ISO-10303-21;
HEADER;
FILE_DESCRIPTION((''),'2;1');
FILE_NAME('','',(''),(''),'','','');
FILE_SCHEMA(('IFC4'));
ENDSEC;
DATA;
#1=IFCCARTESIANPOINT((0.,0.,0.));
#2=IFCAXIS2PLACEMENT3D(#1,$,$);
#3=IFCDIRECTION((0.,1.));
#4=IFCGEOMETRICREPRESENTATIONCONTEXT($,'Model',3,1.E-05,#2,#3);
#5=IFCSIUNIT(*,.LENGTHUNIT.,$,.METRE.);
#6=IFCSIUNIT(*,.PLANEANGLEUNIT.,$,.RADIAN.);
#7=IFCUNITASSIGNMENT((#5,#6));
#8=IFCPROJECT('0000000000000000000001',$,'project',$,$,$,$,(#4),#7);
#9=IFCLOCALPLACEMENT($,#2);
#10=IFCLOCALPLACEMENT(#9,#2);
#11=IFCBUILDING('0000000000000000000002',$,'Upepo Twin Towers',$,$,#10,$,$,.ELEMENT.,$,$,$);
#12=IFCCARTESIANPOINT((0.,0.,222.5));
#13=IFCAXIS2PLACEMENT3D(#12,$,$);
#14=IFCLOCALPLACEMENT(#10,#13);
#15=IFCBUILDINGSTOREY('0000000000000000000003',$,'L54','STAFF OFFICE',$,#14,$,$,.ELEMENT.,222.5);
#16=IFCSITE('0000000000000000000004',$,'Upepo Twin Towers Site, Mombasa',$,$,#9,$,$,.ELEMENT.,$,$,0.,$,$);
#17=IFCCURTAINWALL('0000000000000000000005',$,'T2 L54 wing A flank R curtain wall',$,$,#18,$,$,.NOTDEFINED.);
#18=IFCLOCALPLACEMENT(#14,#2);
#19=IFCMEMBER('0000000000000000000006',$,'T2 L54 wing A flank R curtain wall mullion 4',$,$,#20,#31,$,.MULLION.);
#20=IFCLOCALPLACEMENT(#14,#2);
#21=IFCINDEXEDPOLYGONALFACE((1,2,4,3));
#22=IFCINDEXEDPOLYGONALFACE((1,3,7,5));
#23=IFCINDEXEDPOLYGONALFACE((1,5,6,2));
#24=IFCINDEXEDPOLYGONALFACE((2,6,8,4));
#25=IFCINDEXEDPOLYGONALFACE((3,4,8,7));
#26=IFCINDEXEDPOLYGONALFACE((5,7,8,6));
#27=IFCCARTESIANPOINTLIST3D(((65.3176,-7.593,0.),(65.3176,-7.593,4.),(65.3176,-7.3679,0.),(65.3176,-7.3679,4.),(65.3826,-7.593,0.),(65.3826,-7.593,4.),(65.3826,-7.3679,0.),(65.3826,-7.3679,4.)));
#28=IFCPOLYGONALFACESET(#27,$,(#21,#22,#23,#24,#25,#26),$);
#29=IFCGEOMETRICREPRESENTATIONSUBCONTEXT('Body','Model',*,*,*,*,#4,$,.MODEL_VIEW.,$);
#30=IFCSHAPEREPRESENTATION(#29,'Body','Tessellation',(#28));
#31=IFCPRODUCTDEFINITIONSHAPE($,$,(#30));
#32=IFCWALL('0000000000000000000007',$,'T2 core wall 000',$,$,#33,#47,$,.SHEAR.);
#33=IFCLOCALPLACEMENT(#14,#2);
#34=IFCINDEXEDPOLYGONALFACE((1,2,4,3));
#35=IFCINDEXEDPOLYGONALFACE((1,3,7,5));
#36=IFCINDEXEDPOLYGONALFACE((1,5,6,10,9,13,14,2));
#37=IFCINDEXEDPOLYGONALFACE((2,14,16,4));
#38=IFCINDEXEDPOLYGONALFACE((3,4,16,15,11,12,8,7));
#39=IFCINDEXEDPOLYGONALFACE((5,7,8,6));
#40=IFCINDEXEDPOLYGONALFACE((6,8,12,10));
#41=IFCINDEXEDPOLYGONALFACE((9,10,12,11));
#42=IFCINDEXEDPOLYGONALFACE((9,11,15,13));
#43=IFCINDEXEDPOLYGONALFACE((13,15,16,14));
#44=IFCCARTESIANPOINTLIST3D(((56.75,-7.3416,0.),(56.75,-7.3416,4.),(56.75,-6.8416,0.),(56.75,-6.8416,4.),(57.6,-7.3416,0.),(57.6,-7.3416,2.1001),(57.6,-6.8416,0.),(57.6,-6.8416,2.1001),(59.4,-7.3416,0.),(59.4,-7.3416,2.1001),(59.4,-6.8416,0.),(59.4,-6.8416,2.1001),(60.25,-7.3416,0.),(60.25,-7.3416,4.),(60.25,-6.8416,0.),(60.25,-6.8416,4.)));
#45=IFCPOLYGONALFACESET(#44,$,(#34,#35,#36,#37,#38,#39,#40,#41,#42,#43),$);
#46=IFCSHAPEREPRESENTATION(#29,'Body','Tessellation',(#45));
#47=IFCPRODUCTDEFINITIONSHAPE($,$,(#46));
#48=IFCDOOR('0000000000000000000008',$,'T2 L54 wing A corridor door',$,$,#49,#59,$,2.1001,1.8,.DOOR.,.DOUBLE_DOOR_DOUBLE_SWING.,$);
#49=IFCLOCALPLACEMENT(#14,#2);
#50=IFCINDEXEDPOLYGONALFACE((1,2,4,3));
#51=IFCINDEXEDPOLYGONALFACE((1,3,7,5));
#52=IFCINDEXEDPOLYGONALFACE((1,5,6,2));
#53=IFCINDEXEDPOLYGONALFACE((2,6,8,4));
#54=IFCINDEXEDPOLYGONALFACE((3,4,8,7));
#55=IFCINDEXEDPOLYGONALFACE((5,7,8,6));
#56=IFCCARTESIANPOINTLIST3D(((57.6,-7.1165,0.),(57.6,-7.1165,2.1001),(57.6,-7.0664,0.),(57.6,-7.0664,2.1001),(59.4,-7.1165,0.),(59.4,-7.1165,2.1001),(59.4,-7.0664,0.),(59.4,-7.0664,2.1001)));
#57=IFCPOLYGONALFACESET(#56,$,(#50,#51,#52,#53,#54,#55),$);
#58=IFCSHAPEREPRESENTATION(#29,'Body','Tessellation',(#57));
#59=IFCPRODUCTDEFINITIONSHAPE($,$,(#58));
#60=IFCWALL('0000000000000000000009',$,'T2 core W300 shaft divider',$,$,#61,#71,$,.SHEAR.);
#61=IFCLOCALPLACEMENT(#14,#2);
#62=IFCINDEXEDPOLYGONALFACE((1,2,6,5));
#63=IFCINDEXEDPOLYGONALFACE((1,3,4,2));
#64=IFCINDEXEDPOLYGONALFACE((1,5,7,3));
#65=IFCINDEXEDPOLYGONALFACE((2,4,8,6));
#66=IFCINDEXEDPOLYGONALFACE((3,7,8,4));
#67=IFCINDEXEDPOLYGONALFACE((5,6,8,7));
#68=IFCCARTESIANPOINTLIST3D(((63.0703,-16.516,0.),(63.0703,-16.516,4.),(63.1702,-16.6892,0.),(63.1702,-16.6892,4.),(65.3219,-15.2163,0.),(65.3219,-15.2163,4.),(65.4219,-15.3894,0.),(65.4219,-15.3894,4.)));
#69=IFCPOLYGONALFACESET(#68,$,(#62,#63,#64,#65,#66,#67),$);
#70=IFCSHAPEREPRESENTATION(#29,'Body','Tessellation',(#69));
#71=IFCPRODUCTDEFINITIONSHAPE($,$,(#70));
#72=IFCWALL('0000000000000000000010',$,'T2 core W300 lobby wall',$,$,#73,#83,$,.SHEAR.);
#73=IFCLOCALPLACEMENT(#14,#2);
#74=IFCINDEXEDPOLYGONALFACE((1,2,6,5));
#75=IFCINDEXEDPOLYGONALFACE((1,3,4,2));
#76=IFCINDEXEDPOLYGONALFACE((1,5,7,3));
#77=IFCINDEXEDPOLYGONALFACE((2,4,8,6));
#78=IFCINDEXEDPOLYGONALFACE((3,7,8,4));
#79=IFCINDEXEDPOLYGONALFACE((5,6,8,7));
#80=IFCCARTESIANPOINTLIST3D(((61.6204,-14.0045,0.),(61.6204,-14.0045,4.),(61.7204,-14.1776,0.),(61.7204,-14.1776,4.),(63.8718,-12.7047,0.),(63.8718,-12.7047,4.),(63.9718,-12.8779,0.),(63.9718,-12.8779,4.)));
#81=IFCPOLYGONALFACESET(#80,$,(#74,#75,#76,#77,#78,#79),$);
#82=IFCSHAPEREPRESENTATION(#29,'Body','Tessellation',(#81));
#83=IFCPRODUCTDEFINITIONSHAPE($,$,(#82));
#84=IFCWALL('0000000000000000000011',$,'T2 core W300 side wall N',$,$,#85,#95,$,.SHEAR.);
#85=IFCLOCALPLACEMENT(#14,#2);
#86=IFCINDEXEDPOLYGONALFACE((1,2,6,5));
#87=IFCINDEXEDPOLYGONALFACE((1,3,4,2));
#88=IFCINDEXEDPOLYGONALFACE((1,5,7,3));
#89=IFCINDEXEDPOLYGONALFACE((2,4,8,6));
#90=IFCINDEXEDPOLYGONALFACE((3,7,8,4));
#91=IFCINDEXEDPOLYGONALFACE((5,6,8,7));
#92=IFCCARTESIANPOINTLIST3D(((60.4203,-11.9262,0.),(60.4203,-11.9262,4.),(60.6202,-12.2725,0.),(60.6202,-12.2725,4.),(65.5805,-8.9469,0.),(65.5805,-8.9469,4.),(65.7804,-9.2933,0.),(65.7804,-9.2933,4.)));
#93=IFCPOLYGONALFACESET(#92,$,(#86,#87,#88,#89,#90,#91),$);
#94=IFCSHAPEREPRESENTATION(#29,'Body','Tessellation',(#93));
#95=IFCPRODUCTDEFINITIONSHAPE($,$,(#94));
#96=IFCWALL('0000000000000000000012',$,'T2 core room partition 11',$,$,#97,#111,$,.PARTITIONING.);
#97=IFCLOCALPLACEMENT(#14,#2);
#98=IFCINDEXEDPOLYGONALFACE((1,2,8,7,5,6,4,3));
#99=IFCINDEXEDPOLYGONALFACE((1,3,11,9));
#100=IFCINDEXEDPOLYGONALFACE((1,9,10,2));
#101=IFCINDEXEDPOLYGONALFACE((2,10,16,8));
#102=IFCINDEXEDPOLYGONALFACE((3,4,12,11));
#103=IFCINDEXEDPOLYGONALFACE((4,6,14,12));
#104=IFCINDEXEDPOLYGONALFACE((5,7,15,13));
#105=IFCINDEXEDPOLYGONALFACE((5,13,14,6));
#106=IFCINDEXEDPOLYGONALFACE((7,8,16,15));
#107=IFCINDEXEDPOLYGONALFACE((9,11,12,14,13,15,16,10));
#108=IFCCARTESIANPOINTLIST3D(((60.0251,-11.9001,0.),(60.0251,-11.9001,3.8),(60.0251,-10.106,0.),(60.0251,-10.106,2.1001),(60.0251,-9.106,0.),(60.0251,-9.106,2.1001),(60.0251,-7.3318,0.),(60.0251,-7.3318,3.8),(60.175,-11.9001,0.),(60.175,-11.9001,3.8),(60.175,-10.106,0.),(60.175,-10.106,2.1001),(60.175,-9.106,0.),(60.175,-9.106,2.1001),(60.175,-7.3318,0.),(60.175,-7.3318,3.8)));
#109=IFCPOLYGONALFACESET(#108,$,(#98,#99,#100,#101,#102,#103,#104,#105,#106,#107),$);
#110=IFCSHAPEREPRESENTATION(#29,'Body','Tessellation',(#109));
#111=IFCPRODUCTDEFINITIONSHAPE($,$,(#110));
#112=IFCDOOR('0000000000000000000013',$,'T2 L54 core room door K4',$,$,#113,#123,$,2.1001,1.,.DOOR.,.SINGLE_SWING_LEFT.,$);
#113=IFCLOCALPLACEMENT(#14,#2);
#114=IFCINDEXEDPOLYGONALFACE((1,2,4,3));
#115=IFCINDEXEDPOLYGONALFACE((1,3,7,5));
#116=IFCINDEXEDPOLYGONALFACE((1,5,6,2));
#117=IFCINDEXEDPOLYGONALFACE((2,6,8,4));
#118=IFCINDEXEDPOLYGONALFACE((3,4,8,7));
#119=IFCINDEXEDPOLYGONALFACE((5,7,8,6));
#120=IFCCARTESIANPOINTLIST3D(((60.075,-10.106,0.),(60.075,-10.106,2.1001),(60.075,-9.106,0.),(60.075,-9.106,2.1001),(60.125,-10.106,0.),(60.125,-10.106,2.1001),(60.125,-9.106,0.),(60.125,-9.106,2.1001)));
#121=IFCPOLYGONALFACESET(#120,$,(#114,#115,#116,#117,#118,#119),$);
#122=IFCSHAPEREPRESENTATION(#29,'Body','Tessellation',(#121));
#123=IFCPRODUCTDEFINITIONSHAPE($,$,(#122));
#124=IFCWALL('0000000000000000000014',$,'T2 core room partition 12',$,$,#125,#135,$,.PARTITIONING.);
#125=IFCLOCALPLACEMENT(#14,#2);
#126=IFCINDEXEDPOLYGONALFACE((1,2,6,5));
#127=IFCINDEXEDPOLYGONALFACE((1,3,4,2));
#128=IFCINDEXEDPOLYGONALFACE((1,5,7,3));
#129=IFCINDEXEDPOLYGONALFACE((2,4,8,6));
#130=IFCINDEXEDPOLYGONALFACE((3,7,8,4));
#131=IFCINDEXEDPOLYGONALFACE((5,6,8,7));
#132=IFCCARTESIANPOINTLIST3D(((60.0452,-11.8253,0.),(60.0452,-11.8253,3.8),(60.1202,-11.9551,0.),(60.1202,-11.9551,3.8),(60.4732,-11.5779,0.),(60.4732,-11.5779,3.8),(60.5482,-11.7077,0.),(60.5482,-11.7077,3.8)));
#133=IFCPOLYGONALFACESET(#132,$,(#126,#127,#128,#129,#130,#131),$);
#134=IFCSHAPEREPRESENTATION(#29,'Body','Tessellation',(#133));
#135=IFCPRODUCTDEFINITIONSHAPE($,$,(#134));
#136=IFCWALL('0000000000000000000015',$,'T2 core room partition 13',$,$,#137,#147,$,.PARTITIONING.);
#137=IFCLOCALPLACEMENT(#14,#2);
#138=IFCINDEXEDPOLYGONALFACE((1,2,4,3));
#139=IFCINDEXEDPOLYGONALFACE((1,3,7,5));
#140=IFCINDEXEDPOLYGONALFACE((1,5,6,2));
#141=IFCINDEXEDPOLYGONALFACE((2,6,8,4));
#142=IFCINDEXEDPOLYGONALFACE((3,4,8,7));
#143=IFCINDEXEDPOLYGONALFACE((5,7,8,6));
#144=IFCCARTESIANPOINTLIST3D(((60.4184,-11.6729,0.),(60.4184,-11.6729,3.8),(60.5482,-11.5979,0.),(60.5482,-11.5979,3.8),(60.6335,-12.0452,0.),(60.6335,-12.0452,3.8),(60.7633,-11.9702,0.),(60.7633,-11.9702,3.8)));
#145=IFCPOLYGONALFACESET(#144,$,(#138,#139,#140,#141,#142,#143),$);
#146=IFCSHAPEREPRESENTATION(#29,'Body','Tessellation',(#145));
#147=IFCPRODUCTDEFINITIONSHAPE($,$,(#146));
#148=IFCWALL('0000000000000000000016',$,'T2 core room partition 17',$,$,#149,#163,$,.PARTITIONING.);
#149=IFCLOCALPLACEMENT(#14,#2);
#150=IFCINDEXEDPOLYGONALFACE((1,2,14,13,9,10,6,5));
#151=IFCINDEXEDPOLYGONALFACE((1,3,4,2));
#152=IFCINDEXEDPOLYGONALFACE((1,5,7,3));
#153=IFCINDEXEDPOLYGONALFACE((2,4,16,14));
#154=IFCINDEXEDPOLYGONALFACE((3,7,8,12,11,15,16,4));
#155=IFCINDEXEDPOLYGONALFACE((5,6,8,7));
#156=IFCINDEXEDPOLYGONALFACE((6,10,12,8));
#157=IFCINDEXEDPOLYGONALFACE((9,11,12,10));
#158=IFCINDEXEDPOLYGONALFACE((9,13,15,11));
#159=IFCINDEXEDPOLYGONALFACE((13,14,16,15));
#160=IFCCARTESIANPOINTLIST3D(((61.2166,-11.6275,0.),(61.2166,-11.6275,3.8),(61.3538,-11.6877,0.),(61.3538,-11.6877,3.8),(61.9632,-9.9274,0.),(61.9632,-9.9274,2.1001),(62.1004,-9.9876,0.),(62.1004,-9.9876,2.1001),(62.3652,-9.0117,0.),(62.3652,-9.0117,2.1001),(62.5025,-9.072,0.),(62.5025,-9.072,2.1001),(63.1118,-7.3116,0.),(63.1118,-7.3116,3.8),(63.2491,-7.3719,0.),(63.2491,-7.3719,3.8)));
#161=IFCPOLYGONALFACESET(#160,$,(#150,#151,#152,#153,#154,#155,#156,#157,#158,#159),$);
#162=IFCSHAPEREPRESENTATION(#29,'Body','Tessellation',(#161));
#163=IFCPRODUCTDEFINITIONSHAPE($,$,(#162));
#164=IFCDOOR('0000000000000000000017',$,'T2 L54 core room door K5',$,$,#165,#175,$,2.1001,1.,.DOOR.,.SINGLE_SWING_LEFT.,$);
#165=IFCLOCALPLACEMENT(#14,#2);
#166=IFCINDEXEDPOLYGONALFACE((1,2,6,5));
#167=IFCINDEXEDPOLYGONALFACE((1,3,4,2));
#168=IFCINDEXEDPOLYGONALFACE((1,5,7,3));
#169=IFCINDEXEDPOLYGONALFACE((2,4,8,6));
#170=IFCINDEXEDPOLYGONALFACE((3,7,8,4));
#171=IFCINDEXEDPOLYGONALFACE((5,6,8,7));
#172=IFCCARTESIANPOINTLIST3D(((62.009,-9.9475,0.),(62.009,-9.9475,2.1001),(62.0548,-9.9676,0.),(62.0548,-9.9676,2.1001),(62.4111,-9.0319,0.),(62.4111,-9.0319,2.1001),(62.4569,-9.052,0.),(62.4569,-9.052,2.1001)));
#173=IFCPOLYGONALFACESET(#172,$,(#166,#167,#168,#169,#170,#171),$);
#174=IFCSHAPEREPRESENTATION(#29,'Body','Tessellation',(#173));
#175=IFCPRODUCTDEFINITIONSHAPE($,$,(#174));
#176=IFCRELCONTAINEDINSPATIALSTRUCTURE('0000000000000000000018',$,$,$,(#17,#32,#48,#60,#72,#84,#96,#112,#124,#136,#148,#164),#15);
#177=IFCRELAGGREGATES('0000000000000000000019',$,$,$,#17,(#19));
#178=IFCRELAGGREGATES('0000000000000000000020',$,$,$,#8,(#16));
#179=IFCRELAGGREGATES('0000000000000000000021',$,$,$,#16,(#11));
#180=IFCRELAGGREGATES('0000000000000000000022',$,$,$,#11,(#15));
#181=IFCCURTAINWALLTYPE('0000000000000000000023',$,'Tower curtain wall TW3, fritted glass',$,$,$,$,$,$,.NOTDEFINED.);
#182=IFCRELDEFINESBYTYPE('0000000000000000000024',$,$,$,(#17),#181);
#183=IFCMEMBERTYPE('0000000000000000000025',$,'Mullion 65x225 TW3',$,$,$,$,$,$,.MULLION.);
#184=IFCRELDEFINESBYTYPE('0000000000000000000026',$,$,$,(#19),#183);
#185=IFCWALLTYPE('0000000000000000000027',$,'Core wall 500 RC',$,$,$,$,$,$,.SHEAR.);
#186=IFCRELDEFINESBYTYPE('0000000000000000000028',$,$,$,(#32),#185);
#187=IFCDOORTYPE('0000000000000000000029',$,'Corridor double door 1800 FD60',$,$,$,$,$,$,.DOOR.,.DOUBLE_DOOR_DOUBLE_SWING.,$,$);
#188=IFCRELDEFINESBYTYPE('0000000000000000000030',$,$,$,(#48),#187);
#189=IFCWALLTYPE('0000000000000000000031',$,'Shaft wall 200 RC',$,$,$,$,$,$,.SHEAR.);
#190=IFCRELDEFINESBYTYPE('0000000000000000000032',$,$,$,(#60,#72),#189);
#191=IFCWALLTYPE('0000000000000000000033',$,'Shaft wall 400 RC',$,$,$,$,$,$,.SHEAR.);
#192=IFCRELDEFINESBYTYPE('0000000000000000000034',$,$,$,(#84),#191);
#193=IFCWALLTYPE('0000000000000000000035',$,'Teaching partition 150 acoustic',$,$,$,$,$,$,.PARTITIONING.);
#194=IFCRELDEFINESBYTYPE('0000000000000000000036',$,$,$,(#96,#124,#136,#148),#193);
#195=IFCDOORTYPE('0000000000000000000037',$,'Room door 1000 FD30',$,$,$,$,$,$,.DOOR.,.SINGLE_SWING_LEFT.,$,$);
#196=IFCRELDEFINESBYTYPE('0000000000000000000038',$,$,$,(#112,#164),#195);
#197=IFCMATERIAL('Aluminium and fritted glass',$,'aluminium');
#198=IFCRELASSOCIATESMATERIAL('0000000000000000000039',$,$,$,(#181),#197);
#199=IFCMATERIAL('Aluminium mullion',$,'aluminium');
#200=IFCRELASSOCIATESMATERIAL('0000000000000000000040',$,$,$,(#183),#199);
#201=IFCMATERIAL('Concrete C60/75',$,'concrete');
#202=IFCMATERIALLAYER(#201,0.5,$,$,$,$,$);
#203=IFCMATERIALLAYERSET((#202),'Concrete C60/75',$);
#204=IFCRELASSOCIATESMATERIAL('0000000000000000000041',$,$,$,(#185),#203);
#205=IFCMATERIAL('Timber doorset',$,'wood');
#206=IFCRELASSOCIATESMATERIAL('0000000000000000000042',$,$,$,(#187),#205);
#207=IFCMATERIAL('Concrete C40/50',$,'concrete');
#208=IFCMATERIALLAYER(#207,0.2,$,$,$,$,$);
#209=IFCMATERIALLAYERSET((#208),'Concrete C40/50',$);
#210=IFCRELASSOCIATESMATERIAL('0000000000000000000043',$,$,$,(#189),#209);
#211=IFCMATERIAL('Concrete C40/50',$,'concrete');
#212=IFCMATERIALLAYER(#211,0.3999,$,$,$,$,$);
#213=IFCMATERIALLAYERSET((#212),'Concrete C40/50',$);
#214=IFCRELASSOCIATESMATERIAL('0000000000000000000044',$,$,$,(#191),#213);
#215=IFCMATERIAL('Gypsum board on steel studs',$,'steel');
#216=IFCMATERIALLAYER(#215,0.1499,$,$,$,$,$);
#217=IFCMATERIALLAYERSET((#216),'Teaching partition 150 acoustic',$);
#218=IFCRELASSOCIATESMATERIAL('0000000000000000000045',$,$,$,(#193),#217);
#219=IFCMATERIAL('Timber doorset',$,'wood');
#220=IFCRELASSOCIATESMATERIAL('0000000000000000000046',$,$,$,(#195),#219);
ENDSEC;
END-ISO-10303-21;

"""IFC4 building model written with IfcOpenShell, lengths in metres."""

from ifc_helpers import new_model, si_unit, direction, frame, frame_2d, origin, origin_2d, place, context, subcontext, project, spatial, rectangle, extrude, material, layer, layer_set, material_profile, profile_set, type_object, element, fill, aggregate, save


model = new_model("IFC4")

# Units and contexts
model_context = context("Model", 3, precision=1e-05, world=origin(), true_north=direction((0.0, 1.0)))
body_context = subcontext(model_context, "Body", "Model", "MODEL_VIEW")
ifc_project = project(units=[si_unit("LENGTHUNIT", "METRE"), si_unit("PLANEANGLEUNIT", "RADIAN")], contexts=[model_context])

# Site, building, storey
site_placement = place(None, origin())
site = spatial("IfcSite", under=ifc_project, at=site_placement, Name="Upepo Twin Towers Site, Mombasa", CompositionType="ELEMENT", RefElevation=0.0)
building_placement = place(site_placement, origin())
building = spatial("IfcBuilding", under=site, at=building_placement, Name="Upepo Twin Towers", CompositionType="ELEMENT")
storey_placement = place(building_placement, frame((0.0, 0.0, 222.5)))
storey = spatial("IfcBuildingStorey", under=building, at=storey_placement, Name="L54", Description="STAFF OFFICE", CompositionType="ELEMENT", Elevation=222.5)

# Curtain wall, member
ifc_material_1 = material(Name="Aluminium and fritted glass", Category="aluminium")
curtain_wall_type = type_object("IfcCurtainWallType", Name="Tower curtain wall TW3, fritted glass", PredefinedType="NOTDEFINED", material=ifc_material_1)
curtain_wall_placement = place(storey_placement, origin())
curtain_wall = element("IfcCurtainWall", 1, at=curtain_wall_placement, inside=storey, type_object=curtain_wall_type, Name="T2 L54 wing A flank R curtain wall", PredefinedType="NOTDEFINED")
ifc_material_2 = material(Name="Aluminium mullion", Category="aluminium")
ifc_material_profile = material_profile(ifc_material_2, rectangle(XDim=0.0649, YDim=0.2251, at=origin_2d()), Name="MULLION 65x225")
ifc_profile_set = profile_set([ifc_material_profile], Name="Aluminium mullion")
member_type = type_object("IfcMemberType", Name="Mullion 65x225 TW3", PredefinedType="MULLION", material=ifc_profile_set)
member_placement = place(storey_placement, frame((65.3501, -7.4805, 0.0), z_axis=(0.0, 0.0, 1.0), x_axis=(1.0, 0.0, 0.0)))
member = element("IfcMember", 2, at=member_placement, type_object=member_type, Name="T2 L54 wing A flank R curtain wall mullion 4", PredefinedType="MULLION", context=body_context, shape_type="SweptSolid", body=[
    extrude(rectangle(XDim=0.0649, YDim=0.2251, at=origin_2d()), origin(), (0.0, 0.0, 1.0), 4.0),
])
aggregate(curtain_wall, [member])

# Wall, opening, door
ifc_material_3 = material(Name="Concrete C60/75", Category="concrete")
ifc_layer_1 = layer(ifc_material_3, 0.5)
ifc_layer_set_1 = layer_set([ifc_layer_1], Name="Concrete C60/75")
wall_type_1 = type_object("IfcWallType", Name="Core wall 500 RC", PredefinedType="SHEAR", material=ifc_layer_set_1)
wall_1_placement = place(storey_placement, frame((60.25, -7.0916, 0.0), z_axis=(0.0, 0.0, 1.0), x_axis=(-1.0, 0.0, 0.0)))
wall_1 = element("IfcWall", 3, at=wall_1_placement, inside=storey, type_object=wall_type_1, Name="T2 core wall 000", PredefinedType="SHEAR", context=body_context, shape_type="SweptSolid", body=[
    extrude(rectangle(XDim=3.5, YDim=0.5, at=frame_2d((1.75, 0.0))), origin(), (0.0, 0.0, 1.0), 4.0),
])
opening_1_placement = place(wall_1_placement, frame((0.8501, 0.0, 0.0)))
opening_1 = element("IfcOpeningElement", 4, at=opening_1_placement, cuts=wall_1, PredefinedType="OPENING", context=body_context, shape_type="SweptSolid", body=[
    extrude(rectangle(XDim=1.8, YDim=2.1001, at=frame_2d((0.8999, 1.05))), frame((0.0, 0.26, 0.0), z_axis=(0.0, -1.0, 0.0), x_axis=(1.0, 0.0, 0.0)), (0.0, 0.0, 1.0), 0.52),
])
ifc_material_4 = material(Name="Timber doorset", Category="wood")
door_type_1 = type_object("IfcDoorType", Name="Corridor double door 1800 FD60", OperationType="DOUBLE_DOOR_DOUBLE_SWING", PredefinedType="DOOR", material=ifc_material_4)
door_1_placement = place(opening_1_placement, origin())
door_1 = element("IfcDoor", 5, at=door_1_placement, inside=storey, type_object=door_type_1, Name="T2 L54 wing A corridor door", OperationType="DOUBLE_DOOR_DOUBLE_SWING", OverallHeight=2.1001, OverallWidth=1.8, PredefinedType="DOOR", context=body_context, shape_type="SweptSolid", body=[
    extrude(rectangle(XDim=1.8, YDim=2.1001, at=frame_2d((0.8999, 1.05))), frame((0.0, 0.0249, 0.0), z_axis=(0.0, -1.0, 0.0), x_axis=(1.0, 0.0, 0.0)), (0.0, 0.0, 1.0), 0.05),
])
fill(opening_1, door_1)

# Walls
ifc_material_5 = material(Name="Concrete C40/50", Category="concrete")
ifc_layer_2 = layer(ifc_material_5, 0.2)
ifc_layer_set_2 = layer_set([ifc_layer_2], Name="Concrete C40/50")
wall_type_2 = type_object("IfcWallType", Name="Shaft wall 200 RC", PredefinedType="SHEAR", material=ifc_layer_set_2)
wall_2_placement = place(storey_placement, frame((63.1204, -16.6025, 0.0), z_axis=(0.0, 0.0, 1.0), x_axis=(0.866062, 0.499937, 0.0)))
element("IfcWall", 6, at=wall_2_placement, inside=storey, type_object=wall_type_2, Name="T2 core W300 shaft divider", PredefinedType="SHEAR", context=body_context, shape_type="SweptSolid", body=[
    extrude(rectangle(XDim=2.5999, YDim=0.2, at=frame_2d((1.2998, 0.0))), origin(), (0.0, 0.0, 1.0), 4.0),
])
wall_3_placement = place(storey_placement, frame((61.6704, -14.0911, 0.0), z_axis=(0.0, 0.0, 1.0), x_axis=(0.866039, 0.499977, 0.0)))
element("IfcWall", 7, at=wall_3_placement, inside=storey, type_object=wall_type_2, Name="T2 core W300 lobby wall", PredefinedType="SHEAR", context=body_context, shape_type="SweptSolid", body=[
    extrude(rectangle(XDim=2.5996, YDim=0.2, at=frame_2d((1.2998, 0.0))), origin(), (0.0, 0.0, 1.0), 4.0),
])
ifc_material_6 = material(Name="Concrete C40/50", Category="concrete")
ifc_layer_3 = layer(ifc_material_6, 0.3999)
ifc_layer_set_3 = layer_set([ifc_layer_3], Name="Concrete C40/50")
wall_type_3 = type_object("IfcWallType", Name="Shaft wall 400 RC", PredefinedType="SHEAR", material=ifc_layer_set_3)
wall_4_placement = place(storey_placement, frame((60.5203, -12.0994, 0.0), z_axis=(0.0, 0.0, 1.0), x_axis=(0.866023, 0.500004, 0.0)))
element("IfcWall", 8, at=wall_4_placement, inside=storey, type_object=wall_type_3, Name="T2 core W300 side wall N", PredefinedType="SHEAR", context=body_context, shape_type="SweptSolid", body=[
    extrude(rectangle(XDim=5.9585, YDim=0.3999, at=frame_2d((2.9792, 0.0))), origin(), (0.0, 0.0, 1.0), 4.0),
])

# Wall, opening, door
ifc_material_7 = material(Name="Gypsum board on steel studs", Category="steel")
ifc_layer_4 = layer(ifc_material_7, 0.1499)
ifc_layer_set_4 = layer_set([ifc_layer_4], Name="Teaching partition 150 acoustic")
wall_type_4 = type_object("IfcWallType", Name="Teaching partition 150 acoustic", PredefinedType="PARTITIONING", material=ifc_layer_set_4)
wall_5_placement = place(storey_placement, frame((60.1001, -7.3318, 0.0), z_axis=(0.0, 0.0, 1.0), x_axis=(0.0, -1.0, 0.0)))
wall_5 = element("IfcWall", 9, at=wall_5_placement, inside=storey, type_object=wall_type_4, Name="T2 core room partition 11", PredefinedType="PARTITIONING", context=body_context, shape_type="SweptSolid", body=[
    extrude(rectangle(XDim=4.5684, YDim=0.1499, at=frame_2d((2.2842, 0.0))), origin(), (0.0, 0.0, 1.0), 3.8),
])
opening_2_placement = place(wall_5_placement, frame((1.7742, 0.0, 0.0)))
opening_2 = element("IfcOpeningElement", 10, at=opening_2_placement, cuts=wall_5, PredefinedType="OPENING", context=body_context, shape_type="SweptSolid", body=[
    extrude(rectangle(XDim=1.0, YDim=2.1001, at=frame_2d((0.5, 1.05))), frame((0.0, 0.085, 0.0), z_axis=(0.0, -1.0, 0.0), x_axis=(1.0, 0.0, 0.0)), (0.0, 0.0, 1.0), 0.1699),
])
ifc_material_8 = material(Name="Timber doorset", Category="wood")
door_type_2 = type_object("IfcDoorType", Name="Room door 1000 FD30", OperationType="SINGLE_SWING_LEFT", PredefinedType="DOOR", material=ifc_material_8)
door_2_placement = place(opening_2_placement, origin())
door_2 = element("IfcDoor", 11, at=door_2_placement, inside=storey, type_object=door_type_2, Name="T2 L54 core room door K4", OperationType="SINGLE_SWING_LEFT", OverallHeight=2.1001, OverallWidth=1.0, PredefinedType="DOOR", context=body_context, shape_type="SweptSolid", body=[
    extrude(rectangle(XDim=1.0, YDim=2.1001, at=frame_2d((0.5, 1.05))), frame((0.0, 0.0249, 0.0), z_axis=(0.0, -1.0, 0.0), x_axis=(1.0, 0.0, 0.0)), (0.0, 0.0, 1.0), 0.05),
])
fill(opening_2, door_2)

# Walls
wall_6_placement = place(storey_placement, frame((60.0828, -11.8901, 0.0), z_axis=(0.0, 0.0, 1.0), x_axis=(0.865832, 0.500335, 0.0)))
element("IfcWall", 12, at=wall_6_placement, inside=storey, type_object=wall_type_4, Name="T2 core room partition 12", PredefinedType="PARTITIONING", context=body_context, shape_type="SweptSolid", body=[
    extrude(rectangle(XDim=0.4944, YDim=0.1499, at=frame_2d((0.2471, 0.0))), origin(), (0.0, 0.0, 1.0), 3.8),
])
wall_7_placement = place(storey_placement, frame((60.4834, -11.6355, 0.0), z_axis=(0.0, 0.0, 1.0), x_axis=(0.50023, -0.865892, 0.0)))
element("IfcWall", 13, at=wall_7_placement, inside=storey, type_object=wall_type_4, Name="T2 core room partition 13", PredefinedType="PARTITIONING", context=body_context, shape_type="SweptSolid", body=[
    extrude(rectangle(XDim=0.4299, YDim=0.1499, at=frame_2d((0.2148, 0.0))), origin(), (0.0, 0.0, 1.0), 3.8),
])

# Wall, opening, door
wall_8_placement = place(storey_placement, frame((61.2852, -11.6577, 0.0), z_axis=(0.0, 0.0, 1.0), x_axis=(0.402074, 0.915607, 0.0)))
wall_8 = element("IfcWall", 14, at=wall_8_placement, inside=storey, type_object=wall_type_4, Name="T2 core room partition 17", PredefinedType="PARTITIONING", context=body_context, shape_type="SweptSolid", body=[
    extrude(rectangle(XDim=4.7136, YDim=0.1499, at=frame_2d((2.3569, 0.0))), origin(), (0.0, 0.0, 1.0), 3.8),
])
opening_3_placement = place(wall_8_placement, frame((1.8569, 0.0, 0.0)))
opening_3 = element("IfcOpeningElement", 15, at=opening_3_placement, cuts=wall_8, PredefinedType="OPENING", context=body_context, shape_type="SweptSolid", body=[
    extrude(rectangle(XDim=1.0, YDim=2.1001, at=frame_2d((0.5, 1.05))), frame((0.0, 0.085, 0.0), z_axis=(0.0, -1.0, 0.0), x_axis=(1.0, 0.0, 0.0)), (0.0, 0.0, 1.0), 0.1699),
])
door_3_placement = place(opening_3_placement, origin())
door_3 = element("IfcDoor", 16, at=door_3_placement, inside=storey, type_object=door_type_2, Name="T2 L54 core room door K5", OperationType="SINGLE_SWING_LEFT", OverallHeight=2.1001, OverallWidth=1.0, PredefinedType="DOOR", context=body_context, shape_type="SweptSolid", body=[
    extrude(rectangle(XDim=1.0, YDim=2.1001, at=frame_2d((0.5, 1.05))), frame((0.0, 0.0249, 0.0), z_axis=(0.0, -1.0, 0.0), x_axis=(1.0, 0.0, 0.0)), (0.0, 0.0, 1.0), 0.05),
])
fill(opening_3, door_3)

save(model, "model.ifc")
